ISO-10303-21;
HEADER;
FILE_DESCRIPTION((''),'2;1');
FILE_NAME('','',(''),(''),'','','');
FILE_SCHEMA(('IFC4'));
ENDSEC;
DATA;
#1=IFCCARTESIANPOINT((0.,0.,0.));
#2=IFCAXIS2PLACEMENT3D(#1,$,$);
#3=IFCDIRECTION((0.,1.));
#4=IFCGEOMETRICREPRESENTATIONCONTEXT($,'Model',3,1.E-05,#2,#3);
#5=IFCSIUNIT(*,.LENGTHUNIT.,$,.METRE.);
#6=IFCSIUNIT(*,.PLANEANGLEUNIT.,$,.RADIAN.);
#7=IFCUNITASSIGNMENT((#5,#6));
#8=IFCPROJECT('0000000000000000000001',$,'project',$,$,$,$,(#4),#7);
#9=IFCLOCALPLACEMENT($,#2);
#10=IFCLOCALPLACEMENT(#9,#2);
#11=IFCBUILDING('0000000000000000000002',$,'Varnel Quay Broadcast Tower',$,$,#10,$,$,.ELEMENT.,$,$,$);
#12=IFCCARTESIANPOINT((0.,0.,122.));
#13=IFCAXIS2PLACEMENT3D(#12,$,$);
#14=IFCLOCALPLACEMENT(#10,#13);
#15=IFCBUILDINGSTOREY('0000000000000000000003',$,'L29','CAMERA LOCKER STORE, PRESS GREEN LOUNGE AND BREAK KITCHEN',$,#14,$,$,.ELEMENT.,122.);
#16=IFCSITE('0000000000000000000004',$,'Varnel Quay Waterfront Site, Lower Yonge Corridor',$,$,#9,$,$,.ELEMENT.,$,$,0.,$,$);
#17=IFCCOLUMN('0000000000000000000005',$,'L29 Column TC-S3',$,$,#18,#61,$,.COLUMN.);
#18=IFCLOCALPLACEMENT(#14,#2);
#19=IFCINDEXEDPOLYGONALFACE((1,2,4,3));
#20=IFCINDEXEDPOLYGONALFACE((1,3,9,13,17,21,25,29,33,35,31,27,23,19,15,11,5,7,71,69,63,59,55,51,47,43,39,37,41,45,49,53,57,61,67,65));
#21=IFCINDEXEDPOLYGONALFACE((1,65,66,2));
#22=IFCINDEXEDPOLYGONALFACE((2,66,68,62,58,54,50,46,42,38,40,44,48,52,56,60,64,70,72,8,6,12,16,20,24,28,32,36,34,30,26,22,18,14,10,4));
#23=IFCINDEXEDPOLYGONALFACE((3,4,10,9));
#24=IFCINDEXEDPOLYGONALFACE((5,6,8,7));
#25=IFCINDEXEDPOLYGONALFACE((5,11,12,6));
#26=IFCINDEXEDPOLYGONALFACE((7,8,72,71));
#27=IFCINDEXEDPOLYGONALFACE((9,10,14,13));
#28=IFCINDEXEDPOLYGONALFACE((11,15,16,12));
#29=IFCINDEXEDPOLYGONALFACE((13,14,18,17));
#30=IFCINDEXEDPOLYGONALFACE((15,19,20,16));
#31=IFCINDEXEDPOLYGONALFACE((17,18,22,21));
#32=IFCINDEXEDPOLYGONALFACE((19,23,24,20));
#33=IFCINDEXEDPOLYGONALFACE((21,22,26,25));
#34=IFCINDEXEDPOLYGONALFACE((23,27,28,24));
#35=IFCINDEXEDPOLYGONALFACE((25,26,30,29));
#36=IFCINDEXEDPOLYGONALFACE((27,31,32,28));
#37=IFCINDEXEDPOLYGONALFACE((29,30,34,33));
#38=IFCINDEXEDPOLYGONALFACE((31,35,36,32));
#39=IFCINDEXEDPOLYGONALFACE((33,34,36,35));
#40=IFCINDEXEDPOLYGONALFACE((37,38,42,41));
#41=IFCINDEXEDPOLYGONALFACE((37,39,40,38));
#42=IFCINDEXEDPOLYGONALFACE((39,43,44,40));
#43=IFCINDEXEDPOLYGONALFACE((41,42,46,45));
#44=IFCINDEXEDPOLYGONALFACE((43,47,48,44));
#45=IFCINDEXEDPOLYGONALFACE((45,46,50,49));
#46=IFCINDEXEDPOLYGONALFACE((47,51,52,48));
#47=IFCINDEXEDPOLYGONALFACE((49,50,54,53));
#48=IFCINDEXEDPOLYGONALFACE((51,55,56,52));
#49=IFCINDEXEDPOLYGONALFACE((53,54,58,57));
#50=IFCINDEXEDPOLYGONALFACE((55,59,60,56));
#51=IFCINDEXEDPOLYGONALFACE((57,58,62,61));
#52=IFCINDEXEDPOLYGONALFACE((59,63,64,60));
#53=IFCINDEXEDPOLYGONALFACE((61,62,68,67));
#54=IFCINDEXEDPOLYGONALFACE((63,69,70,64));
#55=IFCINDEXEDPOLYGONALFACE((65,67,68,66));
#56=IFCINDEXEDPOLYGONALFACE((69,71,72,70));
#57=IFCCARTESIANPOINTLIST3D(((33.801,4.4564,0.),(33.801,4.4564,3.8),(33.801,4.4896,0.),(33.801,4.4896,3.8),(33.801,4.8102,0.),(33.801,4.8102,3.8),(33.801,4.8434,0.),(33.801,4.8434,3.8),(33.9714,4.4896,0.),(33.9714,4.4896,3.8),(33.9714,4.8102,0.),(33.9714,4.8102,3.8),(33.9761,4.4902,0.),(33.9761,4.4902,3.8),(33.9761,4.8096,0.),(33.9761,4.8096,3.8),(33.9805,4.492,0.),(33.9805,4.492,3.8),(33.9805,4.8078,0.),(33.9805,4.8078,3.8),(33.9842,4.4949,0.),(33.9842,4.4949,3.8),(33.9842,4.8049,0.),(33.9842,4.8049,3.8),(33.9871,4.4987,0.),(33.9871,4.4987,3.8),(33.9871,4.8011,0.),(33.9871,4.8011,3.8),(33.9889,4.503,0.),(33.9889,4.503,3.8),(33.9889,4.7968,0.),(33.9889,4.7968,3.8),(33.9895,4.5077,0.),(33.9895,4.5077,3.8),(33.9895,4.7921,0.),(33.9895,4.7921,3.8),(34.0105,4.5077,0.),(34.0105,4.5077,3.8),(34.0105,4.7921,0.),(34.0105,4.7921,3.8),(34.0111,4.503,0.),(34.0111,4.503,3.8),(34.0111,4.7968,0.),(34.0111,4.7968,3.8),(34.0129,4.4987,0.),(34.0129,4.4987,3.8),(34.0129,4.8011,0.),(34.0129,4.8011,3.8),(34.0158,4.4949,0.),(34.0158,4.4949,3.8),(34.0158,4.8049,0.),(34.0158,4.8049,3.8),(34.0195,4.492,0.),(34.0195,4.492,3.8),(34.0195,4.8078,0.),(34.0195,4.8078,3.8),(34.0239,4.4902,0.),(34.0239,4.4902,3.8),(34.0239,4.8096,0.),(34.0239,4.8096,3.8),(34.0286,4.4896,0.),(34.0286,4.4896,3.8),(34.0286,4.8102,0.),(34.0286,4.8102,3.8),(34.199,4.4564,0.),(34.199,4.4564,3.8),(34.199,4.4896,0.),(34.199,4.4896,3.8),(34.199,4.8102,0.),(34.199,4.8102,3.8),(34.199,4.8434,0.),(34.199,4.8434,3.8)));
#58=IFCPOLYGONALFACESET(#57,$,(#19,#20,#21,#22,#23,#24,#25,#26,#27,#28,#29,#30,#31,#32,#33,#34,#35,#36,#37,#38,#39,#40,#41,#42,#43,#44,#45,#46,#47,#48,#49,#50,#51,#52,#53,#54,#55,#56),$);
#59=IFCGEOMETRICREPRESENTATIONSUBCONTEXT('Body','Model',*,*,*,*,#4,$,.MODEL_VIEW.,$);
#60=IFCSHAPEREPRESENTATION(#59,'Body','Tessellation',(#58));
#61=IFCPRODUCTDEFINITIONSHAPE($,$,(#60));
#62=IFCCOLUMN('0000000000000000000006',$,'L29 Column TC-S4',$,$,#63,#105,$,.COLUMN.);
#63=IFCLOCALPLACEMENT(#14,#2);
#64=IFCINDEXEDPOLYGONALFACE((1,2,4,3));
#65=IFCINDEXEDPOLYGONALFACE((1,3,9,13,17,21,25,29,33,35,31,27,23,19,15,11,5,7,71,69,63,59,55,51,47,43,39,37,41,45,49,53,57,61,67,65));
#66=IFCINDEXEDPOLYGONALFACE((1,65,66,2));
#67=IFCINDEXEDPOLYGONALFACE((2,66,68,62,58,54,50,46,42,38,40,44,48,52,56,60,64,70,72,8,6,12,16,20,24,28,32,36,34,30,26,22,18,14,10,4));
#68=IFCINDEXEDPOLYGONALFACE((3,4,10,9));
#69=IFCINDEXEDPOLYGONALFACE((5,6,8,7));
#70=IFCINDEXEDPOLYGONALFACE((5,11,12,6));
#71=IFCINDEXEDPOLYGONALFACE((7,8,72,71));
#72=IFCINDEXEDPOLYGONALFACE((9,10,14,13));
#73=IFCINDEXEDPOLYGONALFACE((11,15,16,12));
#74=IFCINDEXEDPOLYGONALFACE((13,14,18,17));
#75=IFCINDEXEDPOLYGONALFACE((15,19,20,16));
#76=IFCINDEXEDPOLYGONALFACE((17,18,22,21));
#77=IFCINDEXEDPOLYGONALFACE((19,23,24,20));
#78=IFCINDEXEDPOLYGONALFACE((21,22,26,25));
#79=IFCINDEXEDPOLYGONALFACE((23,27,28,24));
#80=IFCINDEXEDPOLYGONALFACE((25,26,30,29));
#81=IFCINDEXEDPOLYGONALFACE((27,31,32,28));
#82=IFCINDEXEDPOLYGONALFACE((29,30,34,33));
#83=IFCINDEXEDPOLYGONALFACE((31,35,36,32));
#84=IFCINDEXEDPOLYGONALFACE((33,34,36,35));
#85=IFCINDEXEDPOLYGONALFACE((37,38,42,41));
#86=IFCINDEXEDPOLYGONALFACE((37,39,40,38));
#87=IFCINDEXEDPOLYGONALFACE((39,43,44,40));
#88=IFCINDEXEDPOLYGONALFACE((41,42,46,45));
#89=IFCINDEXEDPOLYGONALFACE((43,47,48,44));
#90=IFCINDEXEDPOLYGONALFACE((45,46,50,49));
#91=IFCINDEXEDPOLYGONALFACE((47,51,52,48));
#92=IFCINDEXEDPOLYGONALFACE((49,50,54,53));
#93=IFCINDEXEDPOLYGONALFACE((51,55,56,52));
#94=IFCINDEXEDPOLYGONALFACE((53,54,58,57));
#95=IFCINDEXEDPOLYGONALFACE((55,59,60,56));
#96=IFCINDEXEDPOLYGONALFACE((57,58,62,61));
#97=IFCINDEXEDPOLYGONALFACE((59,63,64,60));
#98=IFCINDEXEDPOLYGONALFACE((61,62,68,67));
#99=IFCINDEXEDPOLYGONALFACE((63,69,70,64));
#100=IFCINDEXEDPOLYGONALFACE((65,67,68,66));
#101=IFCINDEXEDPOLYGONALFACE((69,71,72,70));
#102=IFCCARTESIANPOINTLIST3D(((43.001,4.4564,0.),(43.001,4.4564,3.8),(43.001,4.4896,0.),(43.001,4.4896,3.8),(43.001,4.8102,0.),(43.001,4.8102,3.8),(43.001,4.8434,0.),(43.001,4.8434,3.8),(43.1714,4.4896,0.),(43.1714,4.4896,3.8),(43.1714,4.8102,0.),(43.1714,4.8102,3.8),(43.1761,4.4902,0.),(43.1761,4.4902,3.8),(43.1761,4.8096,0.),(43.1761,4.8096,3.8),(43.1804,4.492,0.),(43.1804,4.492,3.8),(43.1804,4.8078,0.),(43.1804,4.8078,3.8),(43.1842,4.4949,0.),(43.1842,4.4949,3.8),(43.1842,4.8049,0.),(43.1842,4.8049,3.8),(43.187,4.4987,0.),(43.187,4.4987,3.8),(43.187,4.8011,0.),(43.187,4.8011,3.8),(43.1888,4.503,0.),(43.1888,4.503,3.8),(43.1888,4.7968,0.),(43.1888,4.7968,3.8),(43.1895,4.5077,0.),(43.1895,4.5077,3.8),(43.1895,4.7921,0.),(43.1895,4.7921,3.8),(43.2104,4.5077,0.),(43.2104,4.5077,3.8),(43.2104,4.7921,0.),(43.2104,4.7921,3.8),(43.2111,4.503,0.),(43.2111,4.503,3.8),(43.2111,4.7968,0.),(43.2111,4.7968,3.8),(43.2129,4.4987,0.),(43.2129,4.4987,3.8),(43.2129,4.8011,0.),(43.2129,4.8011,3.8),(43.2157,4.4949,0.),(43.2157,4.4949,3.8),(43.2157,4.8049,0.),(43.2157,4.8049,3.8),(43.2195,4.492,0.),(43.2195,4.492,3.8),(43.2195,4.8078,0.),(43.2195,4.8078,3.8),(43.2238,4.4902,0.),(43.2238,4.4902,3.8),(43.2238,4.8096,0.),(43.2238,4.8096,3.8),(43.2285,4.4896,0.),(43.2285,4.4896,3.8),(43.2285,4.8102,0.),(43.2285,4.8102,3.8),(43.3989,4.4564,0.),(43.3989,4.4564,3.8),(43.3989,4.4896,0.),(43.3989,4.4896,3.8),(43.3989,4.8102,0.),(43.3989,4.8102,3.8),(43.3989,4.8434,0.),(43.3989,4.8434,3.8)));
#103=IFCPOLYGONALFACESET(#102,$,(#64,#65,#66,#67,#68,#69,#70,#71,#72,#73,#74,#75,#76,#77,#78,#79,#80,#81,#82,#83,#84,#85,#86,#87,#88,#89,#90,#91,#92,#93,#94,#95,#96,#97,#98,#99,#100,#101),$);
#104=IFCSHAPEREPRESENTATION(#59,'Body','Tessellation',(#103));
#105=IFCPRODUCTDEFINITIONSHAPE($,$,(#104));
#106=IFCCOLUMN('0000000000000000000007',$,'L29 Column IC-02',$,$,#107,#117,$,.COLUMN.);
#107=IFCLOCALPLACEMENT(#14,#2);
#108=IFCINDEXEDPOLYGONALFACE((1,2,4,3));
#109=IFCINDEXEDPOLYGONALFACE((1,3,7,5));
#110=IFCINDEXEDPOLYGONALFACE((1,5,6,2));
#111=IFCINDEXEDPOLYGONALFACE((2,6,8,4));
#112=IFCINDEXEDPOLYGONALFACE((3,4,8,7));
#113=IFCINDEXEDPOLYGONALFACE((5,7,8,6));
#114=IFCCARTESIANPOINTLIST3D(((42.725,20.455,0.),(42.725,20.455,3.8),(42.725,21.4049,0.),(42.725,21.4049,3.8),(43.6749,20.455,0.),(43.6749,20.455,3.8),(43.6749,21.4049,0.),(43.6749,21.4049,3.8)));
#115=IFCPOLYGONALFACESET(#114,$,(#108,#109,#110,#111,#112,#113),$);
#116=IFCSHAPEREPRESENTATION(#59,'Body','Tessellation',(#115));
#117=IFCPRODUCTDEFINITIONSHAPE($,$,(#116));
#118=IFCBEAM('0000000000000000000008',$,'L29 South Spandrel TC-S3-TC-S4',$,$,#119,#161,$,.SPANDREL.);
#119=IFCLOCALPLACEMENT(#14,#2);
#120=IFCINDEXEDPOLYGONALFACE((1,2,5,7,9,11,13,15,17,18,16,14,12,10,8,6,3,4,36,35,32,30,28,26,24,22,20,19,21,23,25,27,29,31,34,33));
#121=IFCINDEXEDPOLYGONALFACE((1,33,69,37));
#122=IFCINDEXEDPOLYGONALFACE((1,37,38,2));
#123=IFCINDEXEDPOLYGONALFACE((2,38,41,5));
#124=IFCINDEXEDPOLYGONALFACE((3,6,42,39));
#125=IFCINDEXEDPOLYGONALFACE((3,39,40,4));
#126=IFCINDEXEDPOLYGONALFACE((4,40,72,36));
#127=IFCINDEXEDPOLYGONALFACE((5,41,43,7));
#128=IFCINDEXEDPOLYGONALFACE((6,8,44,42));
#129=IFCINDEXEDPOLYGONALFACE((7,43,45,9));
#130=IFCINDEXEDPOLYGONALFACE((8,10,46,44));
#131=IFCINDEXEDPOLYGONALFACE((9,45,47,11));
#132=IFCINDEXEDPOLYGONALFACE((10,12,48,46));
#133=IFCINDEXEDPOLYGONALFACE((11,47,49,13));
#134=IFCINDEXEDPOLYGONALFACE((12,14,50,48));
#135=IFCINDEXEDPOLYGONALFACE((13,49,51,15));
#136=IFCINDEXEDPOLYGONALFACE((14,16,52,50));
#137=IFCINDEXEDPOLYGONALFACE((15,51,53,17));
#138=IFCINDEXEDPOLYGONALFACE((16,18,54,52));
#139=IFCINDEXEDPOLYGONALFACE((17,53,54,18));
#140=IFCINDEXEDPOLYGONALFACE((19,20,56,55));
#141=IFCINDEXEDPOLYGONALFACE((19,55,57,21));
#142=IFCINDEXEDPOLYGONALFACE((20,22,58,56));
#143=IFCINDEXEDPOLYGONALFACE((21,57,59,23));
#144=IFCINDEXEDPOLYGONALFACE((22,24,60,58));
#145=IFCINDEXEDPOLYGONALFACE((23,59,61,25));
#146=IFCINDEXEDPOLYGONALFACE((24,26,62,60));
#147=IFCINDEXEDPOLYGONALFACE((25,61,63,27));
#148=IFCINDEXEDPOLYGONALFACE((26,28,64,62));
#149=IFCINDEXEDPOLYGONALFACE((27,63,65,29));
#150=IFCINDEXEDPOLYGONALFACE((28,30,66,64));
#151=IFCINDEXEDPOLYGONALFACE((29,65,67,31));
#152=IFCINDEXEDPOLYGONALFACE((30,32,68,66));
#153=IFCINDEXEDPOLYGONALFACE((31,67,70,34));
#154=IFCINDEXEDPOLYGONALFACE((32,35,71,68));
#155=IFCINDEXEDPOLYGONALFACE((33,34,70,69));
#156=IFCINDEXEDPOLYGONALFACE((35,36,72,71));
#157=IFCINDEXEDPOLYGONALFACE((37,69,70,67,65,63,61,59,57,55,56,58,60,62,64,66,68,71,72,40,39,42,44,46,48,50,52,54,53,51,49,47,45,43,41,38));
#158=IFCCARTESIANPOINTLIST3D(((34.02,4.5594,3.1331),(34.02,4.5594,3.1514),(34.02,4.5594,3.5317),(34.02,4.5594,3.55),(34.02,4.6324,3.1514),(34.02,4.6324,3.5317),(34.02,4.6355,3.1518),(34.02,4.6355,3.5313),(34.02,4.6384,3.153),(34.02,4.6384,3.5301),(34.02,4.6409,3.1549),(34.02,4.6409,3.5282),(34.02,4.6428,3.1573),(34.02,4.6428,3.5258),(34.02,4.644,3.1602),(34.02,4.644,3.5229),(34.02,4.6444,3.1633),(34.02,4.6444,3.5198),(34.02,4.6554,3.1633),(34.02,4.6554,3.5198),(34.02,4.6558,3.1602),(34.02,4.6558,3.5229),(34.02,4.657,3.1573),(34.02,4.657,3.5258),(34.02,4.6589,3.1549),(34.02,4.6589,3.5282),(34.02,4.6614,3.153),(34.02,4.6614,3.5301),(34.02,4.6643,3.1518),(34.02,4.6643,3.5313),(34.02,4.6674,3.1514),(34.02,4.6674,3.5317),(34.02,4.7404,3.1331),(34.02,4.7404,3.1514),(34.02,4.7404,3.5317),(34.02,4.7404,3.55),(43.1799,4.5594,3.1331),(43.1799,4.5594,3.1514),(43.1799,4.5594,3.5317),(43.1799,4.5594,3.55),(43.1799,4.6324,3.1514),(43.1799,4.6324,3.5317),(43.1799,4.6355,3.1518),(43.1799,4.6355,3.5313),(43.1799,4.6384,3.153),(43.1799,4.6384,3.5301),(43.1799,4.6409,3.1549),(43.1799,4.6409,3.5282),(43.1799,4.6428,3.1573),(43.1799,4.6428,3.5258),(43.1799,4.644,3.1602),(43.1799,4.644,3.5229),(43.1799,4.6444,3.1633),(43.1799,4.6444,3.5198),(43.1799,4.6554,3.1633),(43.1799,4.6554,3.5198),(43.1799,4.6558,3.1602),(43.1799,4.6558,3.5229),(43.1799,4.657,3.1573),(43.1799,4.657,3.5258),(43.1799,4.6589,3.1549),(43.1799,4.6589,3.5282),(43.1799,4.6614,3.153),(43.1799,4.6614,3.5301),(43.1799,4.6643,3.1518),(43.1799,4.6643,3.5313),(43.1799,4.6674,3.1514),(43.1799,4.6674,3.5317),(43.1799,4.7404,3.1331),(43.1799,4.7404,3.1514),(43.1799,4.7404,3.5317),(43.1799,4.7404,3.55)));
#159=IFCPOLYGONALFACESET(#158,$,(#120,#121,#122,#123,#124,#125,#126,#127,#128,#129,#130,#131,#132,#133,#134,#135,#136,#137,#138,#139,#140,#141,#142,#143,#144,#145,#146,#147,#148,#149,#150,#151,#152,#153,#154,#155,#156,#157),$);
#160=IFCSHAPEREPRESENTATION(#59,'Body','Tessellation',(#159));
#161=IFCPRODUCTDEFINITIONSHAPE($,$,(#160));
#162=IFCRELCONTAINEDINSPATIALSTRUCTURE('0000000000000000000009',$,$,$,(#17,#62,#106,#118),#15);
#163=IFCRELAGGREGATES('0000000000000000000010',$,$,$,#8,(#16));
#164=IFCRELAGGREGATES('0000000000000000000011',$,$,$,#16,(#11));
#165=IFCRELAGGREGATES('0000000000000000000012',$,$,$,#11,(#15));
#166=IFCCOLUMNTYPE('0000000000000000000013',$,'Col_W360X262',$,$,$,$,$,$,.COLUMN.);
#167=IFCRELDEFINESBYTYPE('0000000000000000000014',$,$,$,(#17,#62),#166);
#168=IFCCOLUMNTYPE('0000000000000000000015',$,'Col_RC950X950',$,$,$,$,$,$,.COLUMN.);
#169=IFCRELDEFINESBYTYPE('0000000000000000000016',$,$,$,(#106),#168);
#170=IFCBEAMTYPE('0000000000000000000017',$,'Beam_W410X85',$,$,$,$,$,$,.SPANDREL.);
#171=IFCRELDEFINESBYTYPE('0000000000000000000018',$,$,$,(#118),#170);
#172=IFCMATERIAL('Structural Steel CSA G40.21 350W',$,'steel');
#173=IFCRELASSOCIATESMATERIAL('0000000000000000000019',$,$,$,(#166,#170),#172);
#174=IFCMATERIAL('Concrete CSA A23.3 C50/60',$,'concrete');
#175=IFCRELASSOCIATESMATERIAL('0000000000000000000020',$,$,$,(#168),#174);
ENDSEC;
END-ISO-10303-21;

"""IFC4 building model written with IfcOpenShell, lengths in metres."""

from ifc_helpers import new_model, si_unit, direction, frame, origin, origin_2d, place, context, subcontext, project, spatial, rectangle, i_section, extrude, source, transform, mapped, material, material_profile, profile_set, type_object, type_shapes, element, save


model = new_model("IFC4")

# Units and contexts
model_context = context("Model", 3, precision=1e-05, world=origin(), true_north=direction((0.0, 1.0)))
body_context = subcontext(model_context, "Body", "Model", "MODEL_VIEW")
ifc_project = project(units=[si_unit("LENGTHUNIT", "METRE"), si_unit("PLANEANGLEUNIT", "RADIAN")], contexts=[model_context])

# Site, building, storey
site_placement = place(None, origin())
site = spatial("IfcSite", under=ifc_project, at=site_placement, Name="Varnel Quay Waterfront Site, Lower Yonge Corridor", CompositionType="ELEMENT", RefElevation=0.0)
building_placement = place(site_placement, origin())
building = spatial("IfcBuilding", under=site, at=building_placement, Name="Varnel Quay Broadcast Tower", CompositionType="ELEMENT")
storey_placement = place(building_placement, frame((0.0, 0.0, 122.0)))
storey = spatial("IfcBuildingStorey", under=building, at=storey_placement, Name="L29", Description="CAMERA LOCKER STORE, PRESS GREEN LOUNGE AND BREAK KITCHEN", CompositionType="ELEMENT", Elevation=122.0)

# Columns
ifc_material_1 = material(Name="Structural Steel CSA G40.21 350W", Category="steel")
ifc_material_profile_1 = material_profile(ifc_material_1, i_section(OverallWidth=0.3979, OverallDepth=0.387, WebThickness=0.021, FlangeThickness=0.0332, FilletRadius=0.0181, at=origin_2d()), Name="W360X262")
ifc_profile_set_1 = profile_set([ifc_material_profile_1], Name="Structural Steel CSA G40.21 350W")
column_type_1 = type_object("IfcColumnType", Name="Col_W360X262", PredefinedType="COLUMN", material=ifc_profile_set_1)
shared_shape_1 = source(origin(), body_context, "Body", "SweptSolid", [
    extrude(i_section(OverallWidth=0.3979, OverallDepth=0.387, WebThickness=0.021, FlangeThickness=0.0332, FilletRadius=0.0181, at=origin_2d()), origin(), (0.0, 0.0, 1.0), 3.8),
])
type_shapes(column_type_1, [shared_shape_1])
for number, where, z_axis, x_axis, name in (
    (1, (34.0, 4.6499, 0.0), (0.0, 0.0, 1.0), (1.0, 0.0, 0.0), "L29 Column TC-S3"),
    (2, (43.2, 4.6499, 0.0), (0.0, 0.0, 1.0), (1.0, 0.0, 0.0), "L29 Column TC-S4"),
):
    element("IfcColumn", number, at=place(storey_placement, frame(where, z_axis=z_axis, x_axis=x_axis)), inside=storey, type_object=column_type_1, Name=name, PredefinedType="COLUMN", context=body_context, shape_type="MappedRepresentation", body=[
        mapped(shared_shape_1, transform((0.0, 0.0, 0.0), x_axis=(1.0, 0.0, 0.0), y_axis=(0.0, 1.0, 0.0), z_axis=(0.0, 0.0, 1.0), scale=1.0)),
    ])
ifc_material_2 = material(Name="Concrete CSA A23.3 C50/60", Category="concrete")
ifc_material_profile_2 = material_profile(ifc_material_2, rectangle(XDim=0.95, YDim=0.95, at=origin_2d()), Name="RC950X950")
ifc_profile_set_2 = profile_set([ifc_material_profile_2], Name="Concrete CSA A23.3 C50/60")
column_type_2 = type_object("IfcColumnType", Name="Col_RC950X950", PredefinedType="COLUMN", material=ifc_profile_set_2)
shared_shape_2 = source(origin(), body_context, "Body", "SweptSolid", [
    extrude(rectangle(XDim=0.95, YDim=0.95, at=origin_2d()), origin(), (0.0, 0.0, 1.0), 3.8),
])
type_shapes(column_type_2, [shared_shape_2])
column_placement = place(storey_placement, frame((43.2, 20.9299, 0.0), z_axis=(0.0, 0.0, 1.0), x_axis=(1.0, 0.0, 0.0)))
element("IfcColumn", 3, at=column_placement, inside=storey, type_object=column_type_2, Name="L29 Column IC-02", PredefinedType="COLUMN", context=body_context, shape_type="MappedRepresentation", body=[
    mapped(shared_shape_2, transform((0.0, 0.0, 0.0), x_axis=(1.0, 0.0, 0.0), y_axis=(0.0, 1.0, 0.0), z_axis=(0.0, 0.0, 1.0), scale=1.0)),
])

# Beam
ifc_material_profile_3 = material_profile(ifc_material_1, i_section(OverallWidth=0.1809, OverallDepth=0.417, WebThickness=0.011, FlangeThickness=0.0183, FilletRadius=0.012, at=origin_2d()), Name="W410X85")
ifc_profile_set_3 = profile_set([ifc_material_profile_3], Name="Structural Steel CSA G40.21 350W")
beam_type_1 = type_object("IfcBeamType", Name="Beam_W410X85", PredefinedType="SPANDREL", material=ifc_profile_set_3)
shared_shape_3 = source(origin(), body_context, "Body", "SweptSolid", [
    extrude(i_section(OverallWidth=0.1809, OverallDepth=0.417, WebThickness=0.011, FlangeThickness=0.0183, FilletRadius=0.012, at=origin_2d()), origin(), (0.0, 0.0, 1.0), 9.1599),
])
type_shapes(beam_type_1, [shared_shape_3])
for number, where, z_axis, x_axis, name in (
    (4, (34.02, 4.6499, 3.3416), (1.0, 0.0, 0.0), (0.0, 1.0, 0.0), "L29 South Spandrel TC-S3-TC-S4"),
):
    element("IfcBeam", number, at=place(storey_placement, frame(where, z_axis=z_axis, x_axis=x_axis)), inside=storey, type_object=beam_type_1, Name=name, PredefinedType="SPANDREL", context=body_context, shape_type="MappedRepresentation", body=[
        mapped(shared_shape_3, transform((0.0, 0.0, 0.0), x_axis=(1.0, 0.0, 0.0), y_axis=(0.0, 1.0, 0.0), z_axis=(0.0, 0.0, 1.0), scale=1.0)),
    ])

save(model, "model.ifc")
